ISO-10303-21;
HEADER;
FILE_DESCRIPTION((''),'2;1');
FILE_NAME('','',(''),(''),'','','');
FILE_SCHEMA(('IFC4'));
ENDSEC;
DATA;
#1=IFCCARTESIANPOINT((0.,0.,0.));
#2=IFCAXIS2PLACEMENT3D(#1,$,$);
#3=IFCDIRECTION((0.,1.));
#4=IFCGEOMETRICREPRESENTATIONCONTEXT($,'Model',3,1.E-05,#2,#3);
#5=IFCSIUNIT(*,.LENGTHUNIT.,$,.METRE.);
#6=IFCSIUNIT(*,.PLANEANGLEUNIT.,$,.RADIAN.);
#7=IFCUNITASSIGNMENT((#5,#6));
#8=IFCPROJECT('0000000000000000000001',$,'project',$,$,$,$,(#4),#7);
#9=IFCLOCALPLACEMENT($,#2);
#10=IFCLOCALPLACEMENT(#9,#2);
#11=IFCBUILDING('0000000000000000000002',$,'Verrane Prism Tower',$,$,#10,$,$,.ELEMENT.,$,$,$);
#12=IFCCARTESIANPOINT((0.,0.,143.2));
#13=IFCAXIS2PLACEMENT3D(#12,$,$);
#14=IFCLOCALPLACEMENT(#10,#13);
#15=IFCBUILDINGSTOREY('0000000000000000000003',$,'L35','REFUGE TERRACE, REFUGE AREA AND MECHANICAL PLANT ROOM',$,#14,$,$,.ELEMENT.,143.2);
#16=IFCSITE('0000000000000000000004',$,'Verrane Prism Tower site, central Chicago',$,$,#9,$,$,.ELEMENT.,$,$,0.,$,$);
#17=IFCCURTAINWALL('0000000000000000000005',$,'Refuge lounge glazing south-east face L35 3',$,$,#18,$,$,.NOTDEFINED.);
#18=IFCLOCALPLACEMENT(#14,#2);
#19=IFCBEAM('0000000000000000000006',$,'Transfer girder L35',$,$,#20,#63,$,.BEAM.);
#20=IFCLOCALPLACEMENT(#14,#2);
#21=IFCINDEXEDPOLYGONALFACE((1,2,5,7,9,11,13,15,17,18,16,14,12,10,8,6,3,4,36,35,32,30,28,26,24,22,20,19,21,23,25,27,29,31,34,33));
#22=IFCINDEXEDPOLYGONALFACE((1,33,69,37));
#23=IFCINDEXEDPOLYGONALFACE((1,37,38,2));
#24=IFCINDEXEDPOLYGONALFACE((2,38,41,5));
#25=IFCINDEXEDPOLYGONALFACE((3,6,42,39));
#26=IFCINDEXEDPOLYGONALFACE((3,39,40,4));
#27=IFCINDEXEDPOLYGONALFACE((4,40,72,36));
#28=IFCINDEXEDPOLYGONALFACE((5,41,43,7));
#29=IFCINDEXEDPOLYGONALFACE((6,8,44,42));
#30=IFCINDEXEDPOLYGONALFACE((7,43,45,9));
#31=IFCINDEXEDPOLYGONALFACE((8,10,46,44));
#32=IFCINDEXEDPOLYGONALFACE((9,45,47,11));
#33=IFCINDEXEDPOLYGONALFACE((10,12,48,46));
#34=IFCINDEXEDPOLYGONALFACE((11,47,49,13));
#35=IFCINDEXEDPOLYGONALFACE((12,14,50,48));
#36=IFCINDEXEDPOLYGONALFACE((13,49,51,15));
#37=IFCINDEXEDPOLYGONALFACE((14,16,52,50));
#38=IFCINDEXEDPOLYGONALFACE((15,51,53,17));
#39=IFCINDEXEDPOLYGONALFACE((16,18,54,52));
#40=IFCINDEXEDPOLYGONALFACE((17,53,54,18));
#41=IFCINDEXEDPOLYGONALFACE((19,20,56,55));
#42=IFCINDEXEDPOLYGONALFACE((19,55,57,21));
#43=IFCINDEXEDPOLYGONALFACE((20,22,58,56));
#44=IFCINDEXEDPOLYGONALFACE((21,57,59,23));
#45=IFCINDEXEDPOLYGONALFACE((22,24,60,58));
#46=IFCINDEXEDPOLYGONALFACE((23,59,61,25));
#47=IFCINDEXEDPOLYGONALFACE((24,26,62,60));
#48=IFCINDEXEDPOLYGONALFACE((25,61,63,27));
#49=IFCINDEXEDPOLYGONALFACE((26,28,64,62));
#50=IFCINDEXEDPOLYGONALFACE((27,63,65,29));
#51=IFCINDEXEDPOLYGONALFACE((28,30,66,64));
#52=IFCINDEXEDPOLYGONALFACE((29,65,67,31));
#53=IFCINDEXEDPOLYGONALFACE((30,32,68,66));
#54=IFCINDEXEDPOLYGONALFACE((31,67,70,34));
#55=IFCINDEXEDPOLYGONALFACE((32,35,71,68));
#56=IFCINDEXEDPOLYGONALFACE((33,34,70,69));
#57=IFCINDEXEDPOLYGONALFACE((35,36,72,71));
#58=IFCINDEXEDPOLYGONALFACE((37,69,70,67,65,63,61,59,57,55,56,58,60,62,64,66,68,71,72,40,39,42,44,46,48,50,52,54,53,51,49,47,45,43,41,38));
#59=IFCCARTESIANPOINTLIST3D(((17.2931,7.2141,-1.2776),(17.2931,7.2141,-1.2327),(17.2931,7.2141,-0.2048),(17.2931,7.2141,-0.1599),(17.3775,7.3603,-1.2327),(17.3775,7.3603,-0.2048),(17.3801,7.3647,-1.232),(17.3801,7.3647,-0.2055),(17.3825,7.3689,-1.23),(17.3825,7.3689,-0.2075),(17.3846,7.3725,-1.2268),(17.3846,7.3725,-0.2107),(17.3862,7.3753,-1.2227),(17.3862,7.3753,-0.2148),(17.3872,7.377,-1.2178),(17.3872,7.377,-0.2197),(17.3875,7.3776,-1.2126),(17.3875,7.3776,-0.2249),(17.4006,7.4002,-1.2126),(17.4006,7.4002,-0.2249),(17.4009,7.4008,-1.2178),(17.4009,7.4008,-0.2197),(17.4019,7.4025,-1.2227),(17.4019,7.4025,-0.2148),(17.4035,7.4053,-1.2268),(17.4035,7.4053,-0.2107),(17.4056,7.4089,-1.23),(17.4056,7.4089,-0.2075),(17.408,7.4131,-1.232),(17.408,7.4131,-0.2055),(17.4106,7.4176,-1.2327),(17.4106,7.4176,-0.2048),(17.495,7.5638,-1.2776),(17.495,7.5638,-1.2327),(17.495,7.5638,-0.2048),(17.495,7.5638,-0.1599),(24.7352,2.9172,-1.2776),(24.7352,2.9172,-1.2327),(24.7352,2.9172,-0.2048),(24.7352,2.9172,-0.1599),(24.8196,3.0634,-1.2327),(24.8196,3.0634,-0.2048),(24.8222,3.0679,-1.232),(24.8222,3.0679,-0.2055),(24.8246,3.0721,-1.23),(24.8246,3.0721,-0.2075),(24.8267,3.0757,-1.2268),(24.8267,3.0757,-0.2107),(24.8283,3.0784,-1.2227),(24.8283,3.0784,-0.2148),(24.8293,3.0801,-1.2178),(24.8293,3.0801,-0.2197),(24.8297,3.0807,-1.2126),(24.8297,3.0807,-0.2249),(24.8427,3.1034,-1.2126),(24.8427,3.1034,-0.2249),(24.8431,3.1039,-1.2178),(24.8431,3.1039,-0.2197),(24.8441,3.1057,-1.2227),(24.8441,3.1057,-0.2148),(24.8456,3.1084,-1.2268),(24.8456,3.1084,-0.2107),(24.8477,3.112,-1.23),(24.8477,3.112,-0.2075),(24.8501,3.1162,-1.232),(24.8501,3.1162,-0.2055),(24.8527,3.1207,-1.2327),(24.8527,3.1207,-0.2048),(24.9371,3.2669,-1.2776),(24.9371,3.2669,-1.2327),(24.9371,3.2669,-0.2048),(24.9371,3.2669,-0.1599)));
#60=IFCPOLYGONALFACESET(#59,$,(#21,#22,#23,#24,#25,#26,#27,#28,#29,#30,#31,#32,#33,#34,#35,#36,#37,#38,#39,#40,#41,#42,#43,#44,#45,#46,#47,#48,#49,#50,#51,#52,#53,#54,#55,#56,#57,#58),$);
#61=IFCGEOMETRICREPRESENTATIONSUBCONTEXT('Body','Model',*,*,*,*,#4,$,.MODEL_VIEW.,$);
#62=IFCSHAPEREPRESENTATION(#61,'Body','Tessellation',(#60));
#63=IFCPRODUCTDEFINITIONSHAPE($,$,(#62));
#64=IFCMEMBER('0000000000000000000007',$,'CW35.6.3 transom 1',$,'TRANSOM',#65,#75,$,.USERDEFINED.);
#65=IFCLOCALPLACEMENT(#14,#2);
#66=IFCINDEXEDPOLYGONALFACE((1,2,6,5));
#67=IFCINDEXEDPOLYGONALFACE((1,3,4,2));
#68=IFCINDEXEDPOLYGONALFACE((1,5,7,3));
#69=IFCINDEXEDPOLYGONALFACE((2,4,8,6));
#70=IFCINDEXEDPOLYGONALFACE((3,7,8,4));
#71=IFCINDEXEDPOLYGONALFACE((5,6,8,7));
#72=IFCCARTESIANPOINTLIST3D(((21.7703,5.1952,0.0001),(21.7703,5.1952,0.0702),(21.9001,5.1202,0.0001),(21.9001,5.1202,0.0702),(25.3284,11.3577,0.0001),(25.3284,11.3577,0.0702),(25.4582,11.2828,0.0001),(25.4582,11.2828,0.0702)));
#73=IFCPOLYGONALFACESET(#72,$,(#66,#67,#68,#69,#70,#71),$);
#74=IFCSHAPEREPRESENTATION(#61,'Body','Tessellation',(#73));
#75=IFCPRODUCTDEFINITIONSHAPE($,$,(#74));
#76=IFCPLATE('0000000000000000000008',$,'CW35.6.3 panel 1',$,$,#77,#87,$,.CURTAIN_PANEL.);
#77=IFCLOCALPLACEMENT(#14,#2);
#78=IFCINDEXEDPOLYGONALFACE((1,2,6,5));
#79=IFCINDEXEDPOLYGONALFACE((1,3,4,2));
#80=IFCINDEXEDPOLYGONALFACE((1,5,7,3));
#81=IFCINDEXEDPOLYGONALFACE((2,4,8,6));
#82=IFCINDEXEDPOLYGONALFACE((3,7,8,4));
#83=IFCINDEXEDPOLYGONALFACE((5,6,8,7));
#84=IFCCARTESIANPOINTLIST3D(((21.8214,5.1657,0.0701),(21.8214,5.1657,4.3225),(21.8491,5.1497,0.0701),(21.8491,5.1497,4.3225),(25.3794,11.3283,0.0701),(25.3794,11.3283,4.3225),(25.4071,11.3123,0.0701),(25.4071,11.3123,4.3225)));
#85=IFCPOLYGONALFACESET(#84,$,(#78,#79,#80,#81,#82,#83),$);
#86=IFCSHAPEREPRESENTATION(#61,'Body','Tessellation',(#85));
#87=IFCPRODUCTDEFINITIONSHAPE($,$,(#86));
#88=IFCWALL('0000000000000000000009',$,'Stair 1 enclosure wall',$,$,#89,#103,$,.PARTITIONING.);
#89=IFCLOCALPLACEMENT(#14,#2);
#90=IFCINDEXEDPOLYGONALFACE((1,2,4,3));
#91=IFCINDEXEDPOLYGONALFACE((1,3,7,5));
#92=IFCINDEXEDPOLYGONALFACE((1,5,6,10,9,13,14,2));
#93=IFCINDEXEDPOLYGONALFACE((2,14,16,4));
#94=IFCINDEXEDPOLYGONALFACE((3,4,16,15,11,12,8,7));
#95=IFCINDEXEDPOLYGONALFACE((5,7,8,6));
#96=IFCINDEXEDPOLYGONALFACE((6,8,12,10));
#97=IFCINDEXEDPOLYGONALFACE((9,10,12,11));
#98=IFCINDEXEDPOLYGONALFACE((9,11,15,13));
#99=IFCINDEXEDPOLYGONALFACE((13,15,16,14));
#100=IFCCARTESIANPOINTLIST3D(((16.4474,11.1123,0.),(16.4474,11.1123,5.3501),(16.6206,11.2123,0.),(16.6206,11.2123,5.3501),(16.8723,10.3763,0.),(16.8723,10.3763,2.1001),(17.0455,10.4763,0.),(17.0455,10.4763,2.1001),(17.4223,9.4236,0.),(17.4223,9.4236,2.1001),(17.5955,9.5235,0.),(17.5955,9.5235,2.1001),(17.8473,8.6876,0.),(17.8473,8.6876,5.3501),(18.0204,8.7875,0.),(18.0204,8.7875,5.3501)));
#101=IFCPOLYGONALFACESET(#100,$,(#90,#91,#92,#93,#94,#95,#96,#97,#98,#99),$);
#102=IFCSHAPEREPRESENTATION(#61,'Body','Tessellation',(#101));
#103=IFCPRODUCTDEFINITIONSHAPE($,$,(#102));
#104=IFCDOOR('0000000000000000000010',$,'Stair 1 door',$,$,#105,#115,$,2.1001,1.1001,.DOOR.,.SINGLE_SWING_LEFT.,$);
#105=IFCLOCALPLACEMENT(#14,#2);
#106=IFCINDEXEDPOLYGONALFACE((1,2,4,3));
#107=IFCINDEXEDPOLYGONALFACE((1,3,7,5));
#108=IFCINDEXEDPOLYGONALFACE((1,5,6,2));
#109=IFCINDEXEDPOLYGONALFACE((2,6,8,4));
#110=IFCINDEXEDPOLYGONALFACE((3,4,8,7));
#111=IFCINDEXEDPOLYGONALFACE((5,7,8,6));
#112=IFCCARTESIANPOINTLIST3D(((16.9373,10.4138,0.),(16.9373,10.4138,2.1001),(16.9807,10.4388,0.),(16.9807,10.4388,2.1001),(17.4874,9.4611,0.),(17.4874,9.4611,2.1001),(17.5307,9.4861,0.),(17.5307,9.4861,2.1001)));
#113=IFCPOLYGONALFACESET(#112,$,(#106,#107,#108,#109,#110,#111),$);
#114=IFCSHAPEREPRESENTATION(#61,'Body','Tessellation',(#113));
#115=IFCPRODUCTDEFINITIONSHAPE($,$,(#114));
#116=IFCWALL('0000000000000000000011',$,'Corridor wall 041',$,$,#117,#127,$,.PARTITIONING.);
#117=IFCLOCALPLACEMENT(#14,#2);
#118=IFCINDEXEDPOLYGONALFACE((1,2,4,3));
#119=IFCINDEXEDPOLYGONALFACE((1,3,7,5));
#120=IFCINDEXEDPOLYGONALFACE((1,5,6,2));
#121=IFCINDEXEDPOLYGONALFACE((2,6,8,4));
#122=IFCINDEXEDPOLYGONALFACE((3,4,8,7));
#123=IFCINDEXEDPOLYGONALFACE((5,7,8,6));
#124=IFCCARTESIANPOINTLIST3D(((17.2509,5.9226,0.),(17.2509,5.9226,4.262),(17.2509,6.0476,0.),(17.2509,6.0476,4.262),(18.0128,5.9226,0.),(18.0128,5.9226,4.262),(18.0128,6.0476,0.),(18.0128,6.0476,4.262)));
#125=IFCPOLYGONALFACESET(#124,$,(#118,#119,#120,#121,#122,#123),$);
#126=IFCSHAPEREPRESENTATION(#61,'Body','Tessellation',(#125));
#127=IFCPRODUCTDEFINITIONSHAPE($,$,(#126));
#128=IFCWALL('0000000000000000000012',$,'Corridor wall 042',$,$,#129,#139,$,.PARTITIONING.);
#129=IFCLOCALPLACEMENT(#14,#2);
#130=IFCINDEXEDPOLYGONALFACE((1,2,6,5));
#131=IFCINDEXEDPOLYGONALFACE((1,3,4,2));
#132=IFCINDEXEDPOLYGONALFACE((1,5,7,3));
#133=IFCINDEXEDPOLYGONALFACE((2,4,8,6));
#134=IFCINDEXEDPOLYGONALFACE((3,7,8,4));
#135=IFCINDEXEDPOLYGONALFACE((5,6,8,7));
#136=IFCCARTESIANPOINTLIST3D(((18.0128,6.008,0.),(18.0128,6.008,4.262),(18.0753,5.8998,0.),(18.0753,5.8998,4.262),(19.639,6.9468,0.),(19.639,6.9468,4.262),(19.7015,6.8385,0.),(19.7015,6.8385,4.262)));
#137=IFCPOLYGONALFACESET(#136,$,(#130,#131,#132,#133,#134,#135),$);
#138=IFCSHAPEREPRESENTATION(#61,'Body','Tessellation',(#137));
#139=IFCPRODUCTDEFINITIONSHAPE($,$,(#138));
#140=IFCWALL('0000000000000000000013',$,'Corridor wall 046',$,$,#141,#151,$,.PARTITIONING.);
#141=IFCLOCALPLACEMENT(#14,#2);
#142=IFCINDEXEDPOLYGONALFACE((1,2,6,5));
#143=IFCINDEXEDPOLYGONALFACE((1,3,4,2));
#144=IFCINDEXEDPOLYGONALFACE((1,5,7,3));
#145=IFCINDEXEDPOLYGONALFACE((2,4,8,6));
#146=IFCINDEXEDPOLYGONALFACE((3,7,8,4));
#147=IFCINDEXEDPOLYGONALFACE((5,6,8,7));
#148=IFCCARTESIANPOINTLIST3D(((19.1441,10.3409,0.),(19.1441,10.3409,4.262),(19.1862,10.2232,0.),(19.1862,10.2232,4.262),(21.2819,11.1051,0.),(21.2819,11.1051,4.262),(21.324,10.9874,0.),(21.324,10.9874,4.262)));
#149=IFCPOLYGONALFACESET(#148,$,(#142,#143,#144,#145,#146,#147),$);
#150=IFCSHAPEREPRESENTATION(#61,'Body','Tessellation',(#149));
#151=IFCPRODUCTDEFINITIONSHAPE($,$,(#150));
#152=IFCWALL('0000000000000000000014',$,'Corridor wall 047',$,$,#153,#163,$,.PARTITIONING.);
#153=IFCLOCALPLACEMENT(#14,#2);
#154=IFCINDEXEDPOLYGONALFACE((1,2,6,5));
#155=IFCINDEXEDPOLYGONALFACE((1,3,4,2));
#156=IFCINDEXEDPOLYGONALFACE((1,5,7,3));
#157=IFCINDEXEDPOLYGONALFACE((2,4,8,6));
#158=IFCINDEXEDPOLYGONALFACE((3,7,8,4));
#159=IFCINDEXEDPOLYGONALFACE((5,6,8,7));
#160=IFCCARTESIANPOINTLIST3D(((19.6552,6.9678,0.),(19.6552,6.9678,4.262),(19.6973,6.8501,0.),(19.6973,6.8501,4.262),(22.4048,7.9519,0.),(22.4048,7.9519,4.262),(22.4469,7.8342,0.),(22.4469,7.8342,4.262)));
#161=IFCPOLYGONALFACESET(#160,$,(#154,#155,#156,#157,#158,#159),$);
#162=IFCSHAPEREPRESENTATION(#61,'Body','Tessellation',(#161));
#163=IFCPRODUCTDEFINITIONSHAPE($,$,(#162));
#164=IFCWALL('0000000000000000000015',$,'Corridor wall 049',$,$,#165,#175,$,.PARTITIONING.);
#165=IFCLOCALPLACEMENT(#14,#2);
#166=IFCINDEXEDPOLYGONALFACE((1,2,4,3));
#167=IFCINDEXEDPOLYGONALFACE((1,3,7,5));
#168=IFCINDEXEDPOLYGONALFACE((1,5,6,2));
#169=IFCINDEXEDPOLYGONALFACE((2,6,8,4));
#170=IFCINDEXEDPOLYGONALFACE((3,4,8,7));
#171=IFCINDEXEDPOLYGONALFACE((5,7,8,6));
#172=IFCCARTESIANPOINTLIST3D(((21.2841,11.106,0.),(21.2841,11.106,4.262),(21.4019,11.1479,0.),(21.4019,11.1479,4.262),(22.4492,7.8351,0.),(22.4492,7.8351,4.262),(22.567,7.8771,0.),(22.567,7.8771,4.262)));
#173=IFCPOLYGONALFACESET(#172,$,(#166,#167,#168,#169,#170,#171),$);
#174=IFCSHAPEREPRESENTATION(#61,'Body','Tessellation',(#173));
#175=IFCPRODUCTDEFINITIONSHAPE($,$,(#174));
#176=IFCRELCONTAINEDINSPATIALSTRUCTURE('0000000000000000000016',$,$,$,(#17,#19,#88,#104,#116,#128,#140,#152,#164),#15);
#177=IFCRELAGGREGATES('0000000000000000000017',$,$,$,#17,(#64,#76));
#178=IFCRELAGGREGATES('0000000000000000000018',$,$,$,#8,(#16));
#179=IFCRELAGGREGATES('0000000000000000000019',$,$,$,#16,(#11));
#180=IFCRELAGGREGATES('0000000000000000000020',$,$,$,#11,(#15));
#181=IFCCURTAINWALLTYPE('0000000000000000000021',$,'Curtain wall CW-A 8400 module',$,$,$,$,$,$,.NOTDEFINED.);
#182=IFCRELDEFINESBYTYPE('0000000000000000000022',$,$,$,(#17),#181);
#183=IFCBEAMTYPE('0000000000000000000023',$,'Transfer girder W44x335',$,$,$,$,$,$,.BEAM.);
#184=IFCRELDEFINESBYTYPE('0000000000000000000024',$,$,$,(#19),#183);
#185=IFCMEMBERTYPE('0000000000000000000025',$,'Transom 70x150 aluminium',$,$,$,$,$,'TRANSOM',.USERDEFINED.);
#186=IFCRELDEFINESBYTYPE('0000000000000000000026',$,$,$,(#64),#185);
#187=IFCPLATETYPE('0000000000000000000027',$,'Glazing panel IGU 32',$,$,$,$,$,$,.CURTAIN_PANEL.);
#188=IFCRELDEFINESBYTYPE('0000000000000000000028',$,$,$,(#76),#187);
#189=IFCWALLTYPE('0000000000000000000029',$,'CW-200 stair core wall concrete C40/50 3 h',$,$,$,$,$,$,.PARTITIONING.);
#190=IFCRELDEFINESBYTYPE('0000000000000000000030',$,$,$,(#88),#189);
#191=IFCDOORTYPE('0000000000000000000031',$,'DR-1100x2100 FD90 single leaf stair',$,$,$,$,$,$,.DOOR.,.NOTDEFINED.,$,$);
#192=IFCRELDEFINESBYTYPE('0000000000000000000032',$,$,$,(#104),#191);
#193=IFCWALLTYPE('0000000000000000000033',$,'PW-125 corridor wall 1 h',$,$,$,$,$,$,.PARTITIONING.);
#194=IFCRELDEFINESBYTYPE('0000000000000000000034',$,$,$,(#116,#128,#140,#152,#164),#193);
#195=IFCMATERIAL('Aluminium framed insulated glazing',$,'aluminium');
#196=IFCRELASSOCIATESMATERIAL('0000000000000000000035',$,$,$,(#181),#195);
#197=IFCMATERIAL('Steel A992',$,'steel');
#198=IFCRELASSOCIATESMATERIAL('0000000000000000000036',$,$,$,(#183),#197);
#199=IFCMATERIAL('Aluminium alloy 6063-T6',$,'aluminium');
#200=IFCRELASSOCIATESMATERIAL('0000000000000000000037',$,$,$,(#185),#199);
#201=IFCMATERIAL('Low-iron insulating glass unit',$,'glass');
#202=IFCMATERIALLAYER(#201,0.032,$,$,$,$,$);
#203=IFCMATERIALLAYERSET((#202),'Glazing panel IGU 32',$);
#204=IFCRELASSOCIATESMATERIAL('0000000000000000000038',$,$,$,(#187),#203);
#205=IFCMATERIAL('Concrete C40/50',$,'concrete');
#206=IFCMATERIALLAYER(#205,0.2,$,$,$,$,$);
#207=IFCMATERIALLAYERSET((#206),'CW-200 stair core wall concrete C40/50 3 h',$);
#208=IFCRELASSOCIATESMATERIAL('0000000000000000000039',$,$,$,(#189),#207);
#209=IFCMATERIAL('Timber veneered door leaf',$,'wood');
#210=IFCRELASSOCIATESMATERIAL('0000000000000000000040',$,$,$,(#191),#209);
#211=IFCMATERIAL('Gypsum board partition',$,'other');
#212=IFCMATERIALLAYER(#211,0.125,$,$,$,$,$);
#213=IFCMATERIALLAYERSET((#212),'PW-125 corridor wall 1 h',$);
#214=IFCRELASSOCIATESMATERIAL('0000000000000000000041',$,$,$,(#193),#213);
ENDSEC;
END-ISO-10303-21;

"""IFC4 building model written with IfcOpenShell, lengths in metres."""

from ifc_helpers import new_model, si_unit, direction, frame, frame_2d, origin, origin_2d, place, context, subcontext, project, spatial, rectangle, i_section, extrude, material, layer, layer_set, material_profile, profile_set, type_object, element, fill, aggregate, save


model = new_model("IFC4")

# Units and contexts
model_context = context("Model", 3, precision=1e-05, world=origin(), true_north=direction((0.0, 1.0)))
body_context = subcontext(model_context, "Body", "Model", "MODEL_VIEW")
ifc_project = project(units=[si_unit("LENGTHUNIT", "METRE"), si_unit("PLANEANGLEUNIT", "RADIAN")], contexts=[model_context])

# Site, building, storey
site_placement = place(None, origin())
site = spatial("IfcSite", under=ifc_project, at=site_placement, Name="Verrane Prism Tower site, central Chicago", CompositionType="ELEMENT", RefElevation=0.0)
building_placement = place(site_placement, origin())
building = spatial("IfcBuilding", under=site, at=building_placement, Name="Verrane Prism Tower", CompositionType="ELEMENT")
storey_placement = place(building_placement, frame((0.0, 0.0, 143.2)))
storey = spatial("IfcBuildingStorey", under=building, at=storey_placement, Name="L35", Description="REFUGE TERRACE, REFUGE AREA AND MECHANICAL PLANT ROOM", CompositionType="ELEMENT", Elevation=143.2)

# Curtain wall
ifc_material_1 = material(Name="Aluminium framed insulated glazing", Category="aluminium")
curtain_wall_type = type_object("IfcCurtainWallType", Name="Curtain wall CW-A 8400 module", PredefinedType="NOTDEFINED", material=ifc_material_1)
curtain_wall_placement = place(storey_placement, origin())
curtain_wall = element("IfcCurtainWall", 1, at=curtain_wall_placement, inside=storey, type_object=curtain_wall_type, Name="Refuge lounge glazing south-east face L35 3", PredefinedType="NOTDEFINED")

# Beam
ifc_material_2 = material(Name="Steel A992", Category="steel")
ifc_material_profile_1 = material_profile(ifc_material_2, i_section(OverallWidth=0.4038, OverallDepth=1.1177, WebThickness=0.0261, FlangeThickness=0.0449, FilletRadius=0.02, at=origin_2d()), Name="W44x335")
ifc_profile_set_1 = profile_set([ifc_material_profile_1], Name="Steel A992")
beam_type_1 = type_object("IfcBeamType", Name="Transfer girder W44x335", PredefinedType="BEAM", material=ifc_profile_set_1)
beam_1_placement = place(storey_placement, frame((24.8362, 3.092, -0.7188), z_axis=(-0.866018, 0.500013, 0.0), x_axis=(-0.500013, -0.866018, 0.0)))
element("IfcBeam", 2, at=beam_1_placement, inside=storey, type_object=beam_type_1, Name="Transfer girder L35", PredefinedType="BEAM", context=body_context, shape_type="SweptSolid", body=[
    extrude(i_section(OverallWidth=0.4038, OverallDepth=1.1177, WebThickness=0.0261, FlangeThickness=0.0449, FilletRadius=0.02, at=origin_2d()), origin(), (0.0, 0.0, 1.0), 8.5935),
])

# Member
ifc_material_3 = material(Name="Aluminium alloy 6063-T6", Category="aluminium")
ifc_material_profile_2 = material_profile(ifc_material_3, rectangle(XDim=0.1499, YDim=0.0701, at=origin_2d()), Name="Transom 70x150 aluminium")
ifc_profile_set_2 = profile_set([ifc_material_profile_2], Name="Aluminium alloy 6063-T6")
member_type_1 = type_object("IfcMemberType", Name="Transom 70x150 aluminium", ElementType="TRANSOM", PredefinedType="USERDEFINED", material=ifc_profile_set_2)
member_1_placement = place(storey_placement, frame((21.8352, 5.1577, 0.0352), z_axis=(0.500013, 0.866018, 0.0), x_axis=(-0.866018, 0.500013, 0.0)))
member_1 = element("IfcMember", 3, at=member_1_placement, type_object=member_type_1, Name="CW35.6.3 transom 1", ObjectType="TRANSOM", PredefinedType="USERDEFINED", context=body_context, shape_type="SweptSolid", body=[
    extrude(rectangle(XDim=0.1499, YDim=0.0701, at=origin_2d()), origin(), (0.0, 0.0, 1.0), 7.116),
])

# Plate
ifc_material_4 = material(Name="Low-iron insulating glass unit", Category="glass")
ifc_layer_1 = layer(ifc_material_4, 0.032)
ifc_layer_set_1 = layer_set([ifc_layer_1], Name="Glazing panel IGU 32")
plate_type = type_object("IfcPlateType", Name="Glazing panel IGU 32", PredefinedType="CURTAIN_PANEL", material=ifc_layer_set_1)
plate_placement = place(storey_placement, frame((23.6143, 8.239, 0.0701), z_axis=(0.0, 0.0, 1.0), x_axis=(0.500005, 0.866023, 0.0)))
plate = element("IfcPlate", 4, at=plate_placement, type_object=plate_type, Name="CW35.6.3 panel 1", PredefinedType="CURTAIN_PANEL", context=body_context, shape_type="SweptSolid", body=[
    extrude(rectangle(XDim=7.116, YDim=0.032, at=origin_2d()), origin(), (0.0, 0.0, 1.0), 4.2524),
])
aggregate(curtain_wall, [member_1, plate])

# Wall, opening, door
ifc_material_5 = material(Name="Concrete C40/50", Category="concrete")
ifc_layer_2 = layer(ifc_material_5, 0.2)
ifc_layer_set_2 = layer_set([ifc_layer_2], Name="CW-200 stair core wall concrete C40/50 3 h")
wall_type_1 = type_object("IfcWallType", Name="CW-200 stair core wall concrete C40/50 3 h", PredefinedType="PARTITIONING", material=ifc_layer_set_2)
wall_1_placement = place(storey_placement, frame((17.9338, 8.7375, 0.0), z_axis=(0.0, 0.0, 1.0), x_axis=(-0.499984, 0.866035, 0.0)))
wall_1 = element("IfcWall", 5, at=wall_1_placement, inside=storey, type_object=wall_type_1, Name="Stair 1 enclosure wall", PredefinedType="PARTITIONING", context=body_context, shape_type="SweptSolid", body=[
    extrude(rectangle(XDim=2.7998, YDim=0.2, at=frame_2d((1.3999, 0.0))), origin(), (0.0, 0.0, 1.0), 5.3501),
])
opening_placement = place(wall_1_placement, frame((0.8499, 0.0, 0.0)))
opening = element("IfcOpeningElement", 6, at=opening_placement, cuts=wall_1, PredefinedType="OPENING", context=body_context, shape_type="SweptSolid", body=[
    extrude(rectangle(XDim=1.1001, YDim=2.1001, at=frame_2d((0.55, 1.05))), frame((0.0, 0.1099, 0.0), z_axis=(0.0, -1.0, 0.0), x_axis=(1.0, 0.0, 0.0)), (0.0, 0.0, 1.0), 0.22),
])
ifc_material_6 = material(Name="Timber veneered door leaf", Category="wood")
door_type = type_object("IfcDoorType", Name="DR-1100x2100 FD90 single leaf stair", OperationType="NOTDEFINED", PredefinedType="DOOR", material=ifc_material_6)
door_placement = place(opening_placement, origin())
door = element("IfcDoor", 7, at=door_placement, inside=storey, type_object=door_type, Name="Stair 1 door", OperationType="SINGLE_SWING_LEFT", OverallHeight=2.1001, OverallWidth=1.1001, PredefinedType="DOOR", context=body_context, shape_type="SweptSolid", body=[
    extrude(rectangle(XDim=1.1001, YDim=2.1001, at=frame_2d((0.55, 1.05))), frame((0.0, 0.0249, 0.0), z_axis=(0.0, -1.0, 0.0), x_axis=(1.0, 0.0, 0.0)), (0.0, 0.0, 1.0), 0.05),
])
fill(opening, door)

# Walls
ifc_material_7 = material(Name="Gypsum board partition", Category="other")
ifc_layer_3 = layer(ifc_material_7, 0.125)
ifc_layer_set_3 = layer_set([ifc_layer_3], Name="PW-125 corridor wall 1 h")
wall_type_2 = type_object("IfcWallType", Name="PW-125 corridor wall 1 h", PredefinedType="PARTITIONING", material=ifc_layer_set_3)
wall_2_placement = place(storey_placement, frame((17.251, 5.9851, 0.0), z_axis=(0.0, 0.0, 1.0), x_axis=(1.0, 0.0, 0.0)))
element("IfcWall", 8, at=wall_2_placement, inside=storey, type_object=wall_type_2, Name="Corridor wall 041", PredefinedType="PARTITIONING", context=body_context, shape_type="SweptSolid", body=[
    extrude(rectangle(XDim=0.762, YDim=0.125, at=frame_2d((0.3809, 0.0))), origin(), (0.0, 0.0, 1.0), 4.262),
])
wall_3_placement = place(storey_placement, frame((18.0439, 5.9539, 0.0), z_axis=(0.0, 0.0, 1.0), x_axis=(0.866067, 0.499929, 0.0)))
element("IfcWall", 9, at=wall_3_placement, inside=storey, type_object=wall_type_2, Name="Corridor wall 042", PredefinedType="PARTITIONING", context=body_context, shape_type="SweptSolid", body=[
    extrude(rectangle(XDim=1.8777, YDim=0.125, at=frame_2d((0.939, 0.0))), origin(), (0.0, 0.0, 1.0), 4.262),
])
wall_4_placement = place(storey_placement, frame((19.165, 10.282, 0.0), z_axis=(0.0, 0.0, 1.0), x_axis=(0.941645, 0.336609, 0.0)))
element("IfcWall", 10, at=wall_4_placement, inside=storey, type_object=wall_type_2, Name="Corridor wall 046", PredefinedType="PARTITIONING", context=body_context, shape_type="SweptSolid", body=[
    extrude(rectangle(XDim=2.2703, YDim=0.125, at=frame_2d((1.1353, 0.0))), origin(), (0.0, 0.0, 1.0), 4.262),
])
wall_5_placement = place(storey_placement, frame((19.6763, 6.9089, 0.0), z_axis=(0.0, 0.0, 1.0), x_axis=(0.941507, 0.336993, 0.0)))
element("IfcWall", 11, at=wall_5_placement, inside=storey, type_object=wall_type_2, Name="Corridor wall 047", PredefinedType="PARTITIONING", context=body_context, shape_type="SweptSolid", body=[
    extrude(rectangle(XDim=2.9204, YDim=0.125, at=frame_2d((1.4602, 0.0))), origin(), (0.0, 0.0, 1.0), 4.262),
])
wall_6_placement = place(storey_placement, frame((21.343, 11.127, 0.0), z_axis=(0.0, 0.0, 1.0), x_axis=(0.335548, -0.942023, 0.0)))
element("IfcWall", 12, at=wall_6_placement, inside=storey, type_object=wall_type_2, Name="Corridor wall 049", PredefinedType="PARTITIONING", context=body_context, shape_type="SweptSolid", body=[
    extrude(rectangle(XDim=3.4722, YDim=0.125, at=frame_2d((1.7361, 0.0))), origin(), (0.0, 0.0, 1.0), 4.262),
])

save(model, "model.ifc")
